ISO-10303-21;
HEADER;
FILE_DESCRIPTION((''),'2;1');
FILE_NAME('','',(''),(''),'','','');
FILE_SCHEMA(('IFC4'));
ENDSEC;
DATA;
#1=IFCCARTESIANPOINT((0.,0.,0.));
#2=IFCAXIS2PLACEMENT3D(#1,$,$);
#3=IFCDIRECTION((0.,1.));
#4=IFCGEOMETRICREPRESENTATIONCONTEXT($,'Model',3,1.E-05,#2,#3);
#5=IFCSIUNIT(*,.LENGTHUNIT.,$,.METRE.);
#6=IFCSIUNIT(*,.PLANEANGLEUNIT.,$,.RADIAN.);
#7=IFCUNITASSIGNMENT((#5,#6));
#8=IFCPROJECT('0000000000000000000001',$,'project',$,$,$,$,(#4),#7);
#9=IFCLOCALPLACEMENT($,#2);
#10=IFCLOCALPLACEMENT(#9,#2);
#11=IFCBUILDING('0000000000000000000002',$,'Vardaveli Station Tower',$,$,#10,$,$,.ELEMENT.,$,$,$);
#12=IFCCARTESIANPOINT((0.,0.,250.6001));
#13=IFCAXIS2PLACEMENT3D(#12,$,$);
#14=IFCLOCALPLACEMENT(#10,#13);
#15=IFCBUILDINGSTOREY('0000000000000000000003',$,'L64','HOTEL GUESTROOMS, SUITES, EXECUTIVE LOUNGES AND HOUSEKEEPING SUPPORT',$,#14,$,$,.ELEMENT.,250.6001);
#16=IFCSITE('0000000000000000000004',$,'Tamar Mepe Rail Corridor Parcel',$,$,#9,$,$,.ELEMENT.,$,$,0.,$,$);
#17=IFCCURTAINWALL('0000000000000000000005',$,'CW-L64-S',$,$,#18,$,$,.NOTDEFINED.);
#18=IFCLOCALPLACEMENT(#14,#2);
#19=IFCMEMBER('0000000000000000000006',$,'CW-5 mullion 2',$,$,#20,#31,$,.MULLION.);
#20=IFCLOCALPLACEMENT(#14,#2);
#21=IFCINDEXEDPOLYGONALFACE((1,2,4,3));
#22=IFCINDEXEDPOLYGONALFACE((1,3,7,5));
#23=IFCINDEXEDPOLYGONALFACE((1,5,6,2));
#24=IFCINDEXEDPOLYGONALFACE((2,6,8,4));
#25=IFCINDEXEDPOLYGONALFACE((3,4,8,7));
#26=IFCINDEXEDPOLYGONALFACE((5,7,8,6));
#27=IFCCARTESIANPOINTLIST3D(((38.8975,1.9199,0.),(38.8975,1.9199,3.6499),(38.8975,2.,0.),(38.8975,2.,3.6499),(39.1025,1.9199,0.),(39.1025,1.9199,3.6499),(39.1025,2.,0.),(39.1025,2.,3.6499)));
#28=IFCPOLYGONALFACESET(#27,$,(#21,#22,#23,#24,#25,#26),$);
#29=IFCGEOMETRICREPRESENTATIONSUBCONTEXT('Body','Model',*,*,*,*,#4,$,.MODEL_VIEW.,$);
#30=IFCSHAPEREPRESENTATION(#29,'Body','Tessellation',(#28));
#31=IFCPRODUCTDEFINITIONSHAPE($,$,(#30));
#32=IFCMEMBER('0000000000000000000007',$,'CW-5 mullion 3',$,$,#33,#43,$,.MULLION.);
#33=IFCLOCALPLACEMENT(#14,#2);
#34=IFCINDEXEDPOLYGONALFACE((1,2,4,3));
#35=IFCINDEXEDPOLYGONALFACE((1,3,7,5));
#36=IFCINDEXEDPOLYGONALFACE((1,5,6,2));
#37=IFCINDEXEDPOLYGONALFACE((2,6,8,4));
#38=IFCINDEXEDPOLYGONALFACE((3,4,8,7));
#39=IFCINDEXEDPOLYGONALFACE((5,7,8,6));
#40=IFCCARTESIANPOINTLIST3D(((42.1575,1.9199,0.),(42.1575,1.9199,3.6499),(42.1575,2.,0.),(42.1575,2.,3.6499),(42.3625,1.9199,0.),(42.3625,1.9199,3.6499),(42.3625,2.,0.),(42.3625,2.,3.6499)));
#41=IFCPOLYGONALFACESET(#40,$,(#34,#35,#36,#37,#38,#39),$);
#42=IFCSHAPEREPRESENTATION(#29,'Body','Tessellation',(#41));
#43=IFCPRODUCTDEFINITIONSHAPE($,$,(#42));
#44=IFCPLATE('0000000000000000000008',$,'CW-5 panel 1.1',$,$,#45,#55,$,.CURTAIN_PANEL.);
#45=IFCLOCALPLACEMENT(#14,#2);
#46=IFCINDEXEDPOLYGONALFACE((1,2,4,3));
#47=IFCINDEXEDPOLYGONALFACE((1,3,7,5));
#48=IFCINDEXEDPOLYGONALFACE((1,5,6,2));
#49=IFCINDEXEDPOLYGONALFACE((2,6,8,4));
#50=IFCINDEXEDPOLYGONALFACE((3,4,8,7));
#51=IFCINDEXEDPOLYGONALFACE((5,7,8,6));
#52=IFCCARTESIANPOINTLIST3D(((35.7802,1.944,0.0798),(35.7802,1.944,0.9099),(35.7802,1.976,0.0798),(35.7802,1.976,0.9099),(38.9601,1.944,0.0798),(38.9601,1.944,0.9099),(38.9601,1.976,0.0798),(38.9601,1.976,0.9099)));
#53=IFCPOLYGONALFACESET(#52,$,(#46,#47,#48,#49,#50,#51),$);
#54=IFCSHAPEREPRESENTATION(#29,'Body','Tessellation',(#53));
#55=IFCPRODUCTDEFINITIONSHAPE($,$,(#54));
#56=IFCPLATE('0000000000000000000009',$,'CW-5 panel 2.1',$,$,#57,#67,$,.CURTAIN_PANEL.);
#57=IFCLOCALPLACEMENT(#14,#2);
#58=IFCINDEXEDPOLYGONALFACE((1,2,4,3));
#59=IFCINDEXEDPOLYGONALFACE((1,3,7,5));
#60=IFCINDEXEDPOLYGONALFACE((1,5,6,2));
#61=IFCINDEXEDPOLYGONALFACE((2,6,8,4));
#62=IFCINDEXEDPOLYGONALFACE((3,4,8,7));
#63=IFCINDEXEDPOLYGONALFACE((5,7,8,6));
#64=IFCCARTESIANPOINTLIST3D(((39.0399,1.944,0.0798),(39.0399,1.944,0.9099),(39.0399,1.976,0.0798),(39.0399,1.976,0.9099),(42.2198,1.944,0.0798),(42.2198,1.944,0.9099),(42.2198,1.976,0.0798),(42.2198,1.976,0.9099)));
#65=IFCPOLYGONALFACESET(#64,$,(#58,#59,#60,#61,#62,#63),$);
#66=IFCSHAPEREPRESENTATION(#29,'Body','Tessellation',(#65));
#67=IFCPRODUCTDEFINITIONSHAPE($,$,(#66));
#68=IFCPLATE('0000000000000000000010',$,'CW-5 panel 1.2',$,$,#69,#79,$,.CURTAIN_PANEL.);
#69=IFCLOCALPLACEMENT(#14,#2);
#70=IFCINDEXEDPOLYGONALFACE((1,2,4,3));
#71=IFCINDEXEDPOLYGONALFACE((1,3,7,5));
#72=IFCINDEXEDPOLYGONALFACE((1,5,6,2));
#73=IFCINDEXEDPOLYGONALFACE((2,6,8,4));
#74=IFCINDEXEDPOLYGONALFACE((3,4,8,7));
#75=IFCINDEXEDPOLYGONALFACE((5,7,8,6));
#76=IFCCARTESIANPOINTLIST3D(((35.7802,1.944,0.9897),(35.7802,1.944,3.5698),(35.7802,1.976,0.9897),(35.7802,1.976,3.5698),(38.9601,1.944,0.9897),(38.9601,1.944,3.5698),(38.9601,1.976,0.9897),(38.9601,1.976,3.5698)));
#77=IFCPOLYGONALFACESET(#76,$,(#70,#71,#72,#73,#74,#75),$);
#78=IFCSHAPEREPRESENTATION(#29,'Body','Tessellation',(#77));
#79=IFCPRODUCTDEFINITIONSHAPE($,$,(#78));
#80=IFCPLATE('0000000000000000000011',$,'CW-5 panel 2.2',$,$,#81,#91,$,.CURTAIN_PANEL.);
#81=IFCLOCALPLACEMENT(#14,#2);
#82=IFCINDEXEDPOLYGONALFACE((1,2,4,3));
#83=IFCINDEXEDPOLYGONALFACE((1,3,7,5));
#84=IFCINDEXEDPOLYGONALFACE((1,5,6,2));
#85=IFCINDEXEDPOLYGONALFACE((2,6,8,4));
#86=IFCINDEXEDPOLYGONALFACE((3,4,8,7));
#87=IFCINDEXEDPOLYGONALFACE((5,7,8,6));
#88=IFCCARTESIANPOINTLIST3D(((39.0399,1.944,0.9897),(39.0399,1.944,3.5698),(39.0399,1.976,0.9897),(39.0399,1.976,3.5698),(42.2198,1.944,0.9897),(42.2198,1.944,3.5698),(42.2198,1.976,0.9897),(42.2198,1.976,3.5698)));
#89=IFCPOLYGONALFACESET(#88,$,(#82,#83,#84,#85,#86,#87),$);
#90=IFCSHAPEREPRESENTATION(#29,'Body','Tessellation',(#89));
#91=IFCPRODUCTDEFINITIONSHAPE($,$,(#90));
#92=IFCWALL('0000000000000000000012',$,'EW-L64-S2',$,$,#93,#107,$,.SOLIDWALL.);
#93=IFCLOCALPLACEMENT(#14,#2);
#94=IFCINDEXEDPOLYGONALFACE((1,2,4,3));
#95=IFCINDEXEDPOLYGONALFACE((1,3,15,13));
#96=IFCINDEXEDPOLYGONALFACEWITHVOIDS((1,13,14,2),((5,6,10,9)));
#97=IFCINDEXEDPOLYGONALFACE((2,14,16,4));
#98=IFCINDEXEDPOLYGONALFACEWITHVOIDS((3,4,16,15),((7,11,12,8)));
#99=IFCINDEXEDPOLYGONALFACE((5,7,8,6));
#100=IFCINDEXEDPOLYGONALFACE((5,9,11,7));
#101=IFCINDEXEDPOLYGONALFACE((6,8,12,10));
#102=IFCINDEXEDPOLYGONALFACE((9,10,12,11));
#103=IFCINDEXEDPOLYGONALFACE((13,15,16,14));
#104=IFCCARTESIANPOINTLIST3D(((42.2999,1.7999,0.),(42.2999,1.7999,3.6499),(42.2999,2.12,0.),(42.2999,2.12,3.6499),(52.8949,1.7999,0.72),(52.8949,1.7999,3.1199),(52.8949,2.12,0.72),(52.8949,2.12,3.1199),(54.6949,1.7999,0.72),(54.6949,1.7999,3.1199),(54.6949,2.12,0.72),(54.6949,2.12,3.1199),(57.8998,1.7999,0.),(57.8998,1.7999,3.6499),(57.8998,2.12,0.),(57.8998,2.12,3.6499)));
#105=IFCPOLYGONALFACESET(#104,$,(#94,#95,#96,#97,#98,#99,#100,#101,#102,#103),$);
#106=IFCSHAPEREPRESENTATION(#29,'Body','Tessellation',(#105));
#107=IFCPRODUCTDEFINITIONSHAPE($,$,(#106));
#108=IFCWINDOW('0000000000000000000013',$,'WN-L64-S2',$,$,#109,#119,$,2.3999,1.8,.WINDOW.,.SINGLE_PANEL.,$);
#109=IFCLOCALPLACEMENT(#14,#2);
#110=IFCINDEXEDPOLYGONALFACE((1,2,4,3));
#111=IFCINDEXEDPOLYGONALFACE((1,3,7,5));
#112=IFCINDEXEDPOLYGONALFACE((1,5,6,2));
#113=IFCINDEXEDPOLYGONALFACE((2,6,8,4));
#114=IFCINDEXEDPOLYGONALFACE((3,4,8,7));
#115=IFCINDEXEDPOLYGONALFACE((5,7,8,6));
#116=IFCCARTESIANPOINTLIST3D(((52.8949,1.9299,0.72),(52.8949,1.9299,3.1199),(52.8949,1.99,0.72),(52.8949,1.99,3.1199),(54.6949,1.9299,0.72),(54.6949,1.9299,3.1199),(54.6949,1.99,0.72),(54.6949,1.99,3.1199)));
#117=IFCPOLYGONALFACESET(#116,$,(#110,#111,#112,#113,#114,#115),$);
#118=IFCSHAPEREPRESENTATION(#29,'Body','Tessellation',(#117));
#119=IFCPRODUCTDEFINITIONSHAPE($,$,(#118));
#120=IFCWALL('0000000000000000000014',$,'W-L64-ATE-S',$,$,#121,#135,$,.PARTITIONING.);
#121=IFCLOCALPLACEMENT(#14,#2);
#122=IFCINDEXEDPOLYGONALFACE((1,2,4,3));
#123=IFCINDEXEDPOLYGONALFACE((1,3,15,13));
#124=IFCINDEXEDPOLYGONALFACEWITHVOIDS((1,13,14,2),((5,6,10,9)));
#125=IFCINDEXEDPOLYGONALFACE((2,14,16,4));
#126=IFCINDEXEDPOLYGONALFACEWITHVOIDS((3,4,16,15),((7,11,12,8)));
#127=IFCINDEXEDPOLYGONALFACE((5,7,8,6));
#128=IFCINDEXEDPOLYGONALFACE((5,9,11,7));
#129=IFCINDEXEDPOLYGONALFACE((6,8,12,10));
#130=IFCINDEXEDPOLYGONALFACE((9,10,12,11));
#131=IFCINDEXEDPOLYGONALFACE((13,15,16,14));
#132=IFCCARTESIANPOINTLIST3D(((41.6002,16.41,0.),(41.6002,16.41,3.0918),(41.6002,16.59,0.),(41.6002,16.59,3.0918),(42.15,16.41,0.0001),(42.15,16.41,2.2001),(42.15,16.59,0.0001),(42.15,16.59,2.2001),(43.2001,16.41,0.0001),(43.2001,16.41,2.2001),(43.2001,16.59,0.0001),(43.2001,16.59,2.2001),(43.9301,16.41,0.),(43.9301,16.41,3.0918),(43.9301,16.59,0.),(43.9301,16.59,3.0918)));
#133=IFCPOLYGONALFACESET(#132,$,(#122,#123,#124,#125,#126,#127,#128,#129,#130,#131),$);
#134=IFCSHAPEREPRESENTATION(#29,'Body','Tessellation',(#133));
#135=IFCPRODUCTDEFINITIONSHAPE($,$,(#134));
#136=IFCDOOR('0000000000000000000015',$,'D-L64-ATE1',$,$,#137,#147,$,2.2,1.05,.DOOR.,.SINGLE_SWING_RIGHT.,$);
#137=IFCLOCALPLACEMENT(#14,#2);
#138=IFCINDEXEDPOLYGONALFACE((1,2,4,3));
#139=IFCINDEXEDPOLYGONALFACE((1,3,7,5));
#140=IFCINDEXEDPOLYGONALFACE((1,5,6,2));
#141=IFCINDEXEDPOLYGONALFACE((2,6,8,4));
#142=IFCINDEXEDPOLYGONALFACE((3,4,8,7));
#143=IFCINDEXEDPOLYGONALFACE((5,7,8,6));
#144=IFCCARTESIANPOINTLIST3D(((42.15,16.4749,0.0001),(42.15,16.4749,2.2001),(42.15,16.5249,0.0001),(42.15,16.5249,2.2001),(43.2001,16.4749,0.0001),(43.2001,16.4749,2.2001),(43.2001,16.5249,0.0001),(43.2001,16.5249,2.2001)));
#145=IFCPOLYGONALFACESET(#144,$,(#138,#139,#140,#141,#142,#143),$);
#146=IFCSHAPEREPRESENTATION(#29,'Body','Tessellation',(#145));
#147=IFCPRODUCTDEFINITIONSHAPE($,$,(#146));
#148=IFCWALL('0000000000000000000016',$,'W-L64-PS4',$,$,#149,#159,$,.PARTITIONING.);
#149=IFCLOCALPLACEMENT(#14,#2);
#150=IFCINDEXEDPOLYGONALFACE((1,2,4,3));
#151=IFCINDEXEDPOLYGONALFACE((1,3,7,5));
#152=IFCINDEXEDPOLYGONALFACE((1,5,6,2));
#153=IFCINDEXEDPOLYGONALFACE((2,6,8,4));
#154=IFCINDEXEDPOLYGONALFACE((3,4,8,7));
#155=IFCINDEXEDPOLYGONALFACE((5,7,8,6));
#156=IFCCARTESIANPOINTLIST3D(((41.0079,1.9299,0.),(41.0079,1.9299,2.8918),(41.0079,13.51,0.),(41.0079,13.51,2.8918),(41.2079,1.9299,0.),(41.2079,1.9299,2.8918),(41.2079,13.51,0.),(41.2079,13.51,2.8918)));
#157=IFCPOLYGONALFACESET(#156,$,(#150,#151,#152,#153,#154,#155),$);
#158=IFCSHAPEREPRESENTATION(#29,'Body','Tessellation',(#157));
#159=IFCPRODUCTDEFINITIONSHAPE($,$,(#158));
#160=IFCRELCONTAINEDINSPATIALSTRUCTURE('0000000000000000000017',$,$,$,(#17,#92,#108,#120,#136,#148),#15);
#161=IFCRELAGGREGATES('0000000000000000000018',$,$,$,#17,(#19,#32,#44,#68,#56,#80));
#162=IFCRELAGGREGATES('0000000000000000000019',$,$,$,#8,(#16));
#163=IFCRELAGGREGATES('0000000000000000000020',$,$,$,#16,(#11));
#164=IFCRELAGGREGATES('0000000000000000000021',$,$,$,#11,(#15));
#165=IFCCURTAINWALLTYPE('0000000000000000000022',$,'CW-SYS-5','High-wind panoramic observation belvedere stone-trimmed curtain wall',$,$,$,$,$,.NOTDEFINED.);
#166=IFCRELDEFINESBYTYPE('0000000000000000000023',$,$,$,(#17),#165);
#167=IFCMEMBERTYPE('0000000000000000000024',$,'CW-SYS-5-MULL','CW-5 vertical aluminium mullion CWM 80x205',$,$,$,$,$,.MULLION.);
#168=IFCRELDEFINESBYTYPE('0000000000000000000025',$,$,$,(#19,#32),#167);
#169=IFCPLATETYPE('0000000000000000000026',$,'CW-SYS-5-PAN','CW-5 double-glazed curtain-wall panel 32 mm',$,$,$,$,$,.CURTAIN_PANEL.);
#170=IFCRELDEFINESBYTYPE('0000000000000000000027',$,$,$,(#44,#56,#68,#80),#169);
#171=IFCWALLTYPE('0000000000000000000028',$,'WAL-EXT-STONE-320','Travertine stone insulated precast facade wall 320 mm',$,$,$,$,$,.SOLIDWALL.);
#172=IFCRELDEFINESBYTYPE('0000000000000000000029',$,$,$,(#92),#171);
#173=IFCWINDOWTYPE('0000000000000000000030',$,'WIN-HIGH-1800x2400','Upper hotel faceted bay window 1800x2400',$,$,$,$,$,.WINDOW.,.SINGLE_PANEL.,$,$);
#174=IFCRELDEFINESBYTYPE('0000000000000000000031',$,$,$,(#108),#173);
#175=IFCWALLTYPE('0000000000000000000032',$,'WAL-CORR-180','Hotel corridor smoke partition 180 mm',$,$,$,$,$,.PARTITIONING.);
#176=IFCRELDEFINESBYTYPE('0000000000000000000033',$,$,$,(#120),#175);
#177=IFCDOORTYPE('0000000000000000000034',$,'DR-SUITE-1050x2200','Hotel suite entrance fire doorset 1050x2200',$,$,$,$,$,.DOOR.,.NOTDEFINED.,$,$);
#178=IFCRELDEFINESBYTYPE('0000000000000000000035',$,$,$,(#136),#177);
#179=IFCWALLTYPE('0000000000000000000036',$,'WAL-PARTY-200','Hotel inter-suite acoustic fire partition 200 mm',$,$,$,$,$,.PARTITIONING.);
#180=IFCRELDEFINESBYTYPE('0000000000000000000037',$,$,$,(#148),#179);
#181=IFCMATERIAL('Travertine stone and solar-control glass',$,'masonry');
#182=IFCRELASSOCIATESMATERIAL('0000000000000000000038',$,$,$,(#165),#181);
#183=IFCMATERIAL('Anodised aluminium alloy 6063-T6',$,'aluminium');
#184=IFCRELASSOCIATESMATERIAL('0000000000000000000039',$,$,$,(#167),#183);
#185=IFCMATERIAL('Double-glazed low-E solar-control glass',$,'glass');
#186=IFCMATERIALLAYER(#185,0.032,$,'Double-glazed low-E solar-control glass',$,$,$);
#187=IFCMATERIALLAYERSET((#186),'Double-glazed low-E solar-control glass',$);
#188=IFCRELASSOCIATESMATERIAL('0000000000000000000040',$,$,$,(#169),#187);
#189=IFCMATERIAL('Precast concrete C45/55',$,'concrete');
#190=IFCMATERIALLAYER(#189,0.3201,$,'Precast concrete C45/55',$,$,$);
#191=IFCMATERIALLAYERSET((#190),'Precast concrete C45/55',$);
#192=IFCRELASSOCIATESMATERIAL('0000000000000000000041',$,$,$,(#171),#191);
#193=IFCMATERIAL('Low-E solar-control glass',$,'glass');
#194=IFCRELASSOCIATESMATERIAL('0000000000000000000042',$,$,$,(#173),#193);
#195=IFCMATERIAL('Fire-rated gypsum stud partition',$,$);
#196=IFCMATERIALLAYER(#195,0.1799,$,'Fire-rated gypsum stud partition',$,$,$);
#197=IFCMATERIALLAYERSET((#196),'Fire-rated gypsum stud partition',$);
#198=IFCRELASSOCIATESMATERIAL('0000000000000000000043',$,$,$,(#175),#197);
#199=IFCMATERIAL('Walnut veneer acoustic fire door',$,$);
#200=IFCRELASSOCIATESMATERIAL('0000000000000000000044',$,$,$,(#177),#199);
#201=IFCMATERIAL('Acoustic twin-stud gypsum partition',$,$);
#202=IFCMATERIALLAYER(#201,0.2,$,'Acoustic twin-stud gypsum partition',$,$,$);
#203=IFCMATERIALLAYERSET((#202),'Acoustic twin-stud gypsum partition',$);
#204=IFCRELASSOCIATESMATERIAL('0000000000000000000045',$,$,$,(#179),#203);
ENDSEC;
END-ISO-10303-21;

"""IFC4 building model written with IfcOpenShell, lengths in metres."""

from ifc_helpers import new_model, si_unit, direction, frame, frame_2d, origin, origin_2d, place, context, subcontext, project, spatial, rectangle, extrude, source, transform, mapped, material, layer, layer_set, material_profile, profile_set, type_object, element, fill, aggregate, save


model = new_model("IFC4")

# Units and contexts
model_context = context("Model", 3, precision=1e-05, world=origin(), true_north=direction((0.0, 1.0)))
body_context = subcontext(model_context, "Body", "Model", "MODEL_VIEW")
ifc_project = project(units=[si_unit("LENGTHUNIT", "METRE"), si_unit("PLANEANGLEUNIT", "RADIAN")], contexts=[model_context])

# Site, building, storey
site_placement = place(None, origin())
site = spatial("IfcSite", under=ifc_project, at=site_placement, Name="Tamar Mepe Rail Corridor Parcel", CompositionType="ELEMENT", RefElevation=0.0)
building_placement = place(site_placement, origin())
building = spatial("IfcBuilding", under=site, at=building_placement, Name="Vardaveli Station Tower", CompositionType="ELEMENT")
storey_placement = place(building_placement, frame((0.0, 0.0, 250.6001)))
storey = spatial("IfcBuildingStorey", under=building, at=storey_placement, Name="L64", Description="HOTEL GUESTROOMS, SUITES, EXECUTIVE LOUNGES AND HOUSEKEEPING SUPPORT", CompositionType="ELEMENT", Elevation=250.6001)

# Shared definitions
ifc_material_1 = material(Name="Precast concrete C45/55", Category="concrete")

# Curtain wall, members, plates
ifc_material_2 = material(Name="Travertine stone and solar-control glass", Category="masonry")
curtain_wall_type = type_object("IfcCurtainWallType", Name="CW-SYS-5", Description="High-wind panoramic observation belvedere stone-trimmed curtain wall", PredefinedType="NOTDEFINED", material=ifc_material_2)
curtain_wall_placement = place(storey_placement, origin())
curtain_wall = element("IfcCurtainWall", 1, at=curtain_wall_placement, inside=storey, type_object=curtain_wall_type, Name="CW-L64-S", PredefinedType="NOTDEFINED")
ifc_material_3 = material(Name="Anodised aluminium alloy 6063-T6", Category="aluminium")
ifc_material_profile_1 = material_profile(ifc_material_3, rectangle(XDim=0.0801, YDim=0.2051, at=origin_2d()), Name="CWM 80x205")
ifc_profile_set_1 = profile_set([ifc_material_profile_1], Name="Anodised aluminium alloy 6063-T6")
member_type_1 = type_object("IfcMemberType", Name="CW-SYS-5-MULL", Description="CW-5 vertical aluminium mullion CWM 80x205", PredefinedType="MULLION", material=ifc_profile_set_1)
shared_shape_1 = source(origin(), body_context, "Body", "SweptSolid", [
    extrude(rectangle(XDim=0.0801, YDim=0.2051, at=origin_2d()), origin(), (0.0, 0.0, 1.0), 3.6499),
])
member_1_placement = place(storey_placement, frame((39.0, 1.96, 0.0), z_axis=(0.0, 0.0, 1.0), x_axis=(0.0, 1.0, 0.0)))
member_1 = element("IfcMember", 2, at=member_1_placement, type_object=member_type_1, Name="CW-5 mullion 2", PredefinedType="MULLION", context=body_context, shape_type="MappedRepresentation", body=[
    mapped(shared_shape_1, transform((0.0, 0.0, 0.0), scale=1.0)),
])
member_2_placement = place(storey_placement, frame((42.26, 1.96, 0.0), z_axis=(0.0, 0.0, 1.0), x_axis=(0.0, 1.0, 0.0)))
member_2 = element("IfcMember", 3, at=member_2_placement, type_object=member_type_1, Name="CW-5 mullion 3", PredefinedType="MULLION", context=body_context, shape_type="MappedRepresentation", body=[
    mapped(shared_shape_1, transform((0.0, 0.0, 0.0), scale=1.0)),
])
ifc_material_4 = material(Name="Double-glazed low-E solar-control glass", Category="glass")
ifc_layer_1 = layer(ifc_material_4, 0.032, Name="Double-glazed low-E solar-control glass")
ifc_layer_set_1 = layer_set([ifc_layer_1], Name="Double-glazed low-E solar-control glass")
plate_type = type_object("IfcPlateType", Name="CW-SYS-5-PAN", Description="CW-5 double-glazed curtain-wall panel 32 mm", PredefinedType="CURTAIN_PANEL", material=ifc_layer_set_1)
shared_shape_2 = source(origin(), body_context, "Body", "SweptSolid", [
    extrude(rectangle(XDim=3.1799, YDim=0.032, at=origin_2d()), origin(), (0.0, 0.0, 1.0), 0.8301),
])
plate_1_placement = place(storey_placement, frame((37.3701, 1.96, 0.0798), z_axis=(0.0, 0.0, 1.0), x_axis=(1.0, 0.0, 0.0)))
plate_1 = element("IfcPlate", 4, at=plate_1_placement, type_object=plate_type, Name="CW-5 panel 1.1", PredefinedType="CURTAIN_PANEL", context=body_context, shape_type="MappedRepresentation", body=[
    mapped(shared_shape_2, transform((0.0, 0.0, 0.0), scale=1.0)),
])
plate_2_placement = place(storey_placement, frame((40.6299, 1.96, 0.0798), z_axis=(0.0, 0.0, 1.0), x_axis=(1.0, 0.0, 0.0)))
plate_2 = element("IfcPlate", 5, at=plate_2_placement, type_object=plate_type, Name="CW-5 panel 2.1", PredefinedType="CURTAIN_PANEL", context=body_context, shape_type="MappedRepresentation", body=[
    mapped(shared_shape_2, transform((0.0, 0.0, 0.0), scale=1.0)),
])
shared_shape_3 = source(origin(), body_context, "Body", "SweptSolid", [
    extrude(rectangle(XDim=3.1799, YDim=0.032, at=origin_2d()), origin(), (0.0, 0.0, 1.0), 2.5801),
])
plate_3_placement = place(storey_placement, frame((37.3701, 1.96, 0.9897), z_axis=(0.0, 0.0, 1.0), x_axis=(1.0, 0.0, 0.0)))
plate_3 = element("IfcPlate", 6, at=plate_3_placement, type_object=plate_type, Name="CW-5 panel 1.2", PredefinedType="CURTAIN_PANEL", context=body_context, shape_type="MappedRepresentation", body=[
    mapped(shared_shape_3, transform((0.0, 0.0, 0.0), scale=1.0)),
])
plate_4_placement = place(storey_placement, frame((40.6299, 1.96, 0.9897), z_axis=(0.0, 0.0, 1.0), x_axis=(1.0, 0.0, 0.0)))
plate_4 = element("IfcPlate", 7, at=plate_4_placement, type_object=plate_type, Name="CW-5 panel 2.2", PredefinedType="CURTAIN_PANEL", context=body_context, shape_type="MappedRepresentation", body=[
    mapped(shared_shape_3, transform((0.0, 0.0, 0.0), scale=1.0)),
])
aggregate(curtain_wall, [member_1, member_2, plate_1, plate_3, plate_2, plate_4])

# Wall, opening, window
ifc_layer_2 = layer(ifc_material_1, 0.3201, Name="Precast concrete C45/55")
ifc_layer_set_2 = layer_set([ifc_layer_2], Name="Precast concrete C45/55")
wall_type_1 = type_object("IfcWallType", Name="WAL-EXT-STONE-320", Description="Travertine stone insulated precast facade wall 320 mm", PredefinedType="SOLIDWALL", material=ifc_layer_set_2)
shared_shape_4 = source(origin(), body_context, "Body", "SweptSolid", [
    extrude(rectangle(XDim=15.5999, YDim=0.3201, at=frame_2d((7.7998, 0.0))), origin(), (0.0, 0.0, 1.0), 3.6499),
])
wall_1_placement = place(storey_placement, frame((42.3, 1.96, 0.0), z_axis=(0.0, 0.0, 1.0), x_axis=(1.0, 0.0, 0.0)))
wall_1 = element("IfcWall", 8, at=wall_1_placement, inside=storey, type_object=wall_type_1, Name="EW-L64-S2", PredefinedType="SOLIDWALL", context=body_context, shape_type="MappedRepresentation", body=[
    mapped(shared_shape_4, transform((0.0, 0.0, 0.0), scale=1.0)),
])
shared_shape_5 = source(origin(), body_context, "Body", "SweptSolid", [
    extrude(rectangle(XDim=1.8, YDim=2.3999, at=frame_2d((0.8999, 1.2))), frame((0.0, 0.1699, 0.0), z_axis=(0.0, -1.0, 0.0), x_axis=(1.0, 0.0, 0.0)), (0.0, 0.0, 1.0), 0.3401),
])
opening_1_placement = place(wall_1_placement, frame((10.595, 0.0, 0.72)))
opening_1 = element("IfcOpeningElement", 9, at=opening_1_placement, cuts=wall_1, PredefinedType="OPENING", context=body_context, shape_type="MappedRepresentation", body=[
    mapped(shared_shape_5, transform((0.0, 0.0, 0.0), scale=1.0)),
])
ifc_material_5 = material(Name="Low-E solar-control glass", Category="glass")
window_type = type_object("IfcWindowType", Name="WIN-HIGH-1800x2400", Description="Upper hotel faceted bay window 1800x2400", PartitioningType="SINGLE_PANEL", PredefinedType="WINDOW", material=ifc_material_5)
shared_shape_6 = source(origin(), body_context, "Body", "SweptSolid", [
    extrude(rectangle(XDim=1.8, YDim=2.3999, at=frame_2d((0.8999, 1.2))), frame((0.0, 0.03, 0.0), z_axis=(0.0, -1.0, 0.0), x_axis=(1.0, 0.0, 0.0)), (0.0, 0.0, 1.0), 0.0601),
])
window_placement = place(opening_1_placement, origin())
window = element("IfcWindow", 10, at=window_placement, inside=storey, type_object=window_type, Name="WN-L64-S2", OverallHeight=2.3999, OverallWidth=1.8, PartitioningType="SINGLE_PANEL", PredefinedType="WINDOW", context=body_context, shape_type="MappedRepresentation", body=[
    mapped(shared_shape_6, transform((0.0, 0.0, 0.0), scale=1.0)),
])
fill(opening_1, window)

# Wall, opening, door
ifc_material_6 = material(Name="Fire-rated gypsum stud partition")
ifc_layer_3 = layer(ifc_material_6, 0.1799, Name="Fire-rated gypsum stud partition")
ifc_layer_set_3 = layer_set([ifc_layer_3], Name="Fire-rated gypsum stud partition")
wall_type_2 = type_object("IfcWallType", Name="WAL-CORR-180", Description="Hotel corridor smoke partition 180 mm", PredefinedType="PARTITIONING", material=ifc_layer_set_3)
shared_shape_7 = source(origin(), body_context, "Body", "SweptSolid", [
    extrude(rectangle(XDim=2.3298, YDim=0.1799, at=frame_2d((1.165, 0.0))), origin(), (0.0, 0.0, 1.0), 3.0918),
])
wall_2_placement = place(storey_placement, frame((41.6001, 16.5, 0.0), z_axis=(0.0, 0.0, 1.0), x_axis=(1.0, 0.0, 0.0)))
wall_2 = element("IfcWall", 11, at=wall_2_placement, inside=storey, type_object=wall_type_2, Name="W-L64-ATE-S", PredefinedType="PARTITIONING", context=body_context, shape_type="MappedRepresentation", body=[
    mapped(shared_shape_7, transform((0.0, 0.0, 0.0), scale=1.0)),
])
shared_shape_8 = source(origin(), body_context, "Body", "SweptSolid", [
    extrude(rectangle(XDim=1.05, YDim=2.2, at=frame_2d((0.5249, 1.1001))), frame((0.0, 0.1001, 0.0), z_axis=(0.0, -1.0, 0.0), x_axis=(1.0, 0.0, 0.0)), (0.0, 0.0, 1.0), 0.2),
])
opening_2_placement = place(wall_2_placement, frame((0.55, 0.0, 0.0)))
opening_2 = element("IfcOpeningElement", 12, at=opening_2_placement, cuts=wall_2, PredefinedType="OPENING", context=body_context, shape_type="MappedRepresentation", body=[
    mapped(shared_shape_8, transform((0.0, 0.0, 0.0), scale=1.0)),
])
ifc_material_7 = material(Name="Walnut veneer acoustic fire door")
door_type = type_object("IfcDoorType", Name="DR-SUITE-1050x2200", Description="Hotel suite entrance fire doorset 1050x2200", OperationType="NOTDEFINED", PredefinedType="DOOR", material=ifc_material_7)
shared_shape_9 = source(origin(), body_context, "Body", "SweptSolid", [
    extrude(rectangle(XDim=1.05, YDim=2.2, at=frame_2d((0.5249, 1.1001))), frame((0.0, 0.0249, 0.0), z_axis=(0.0, -1.0, 0.0), x_axis=(1.0, 0.0, 0.0)), (0.0, 0.0, 1.0), 0.05),
])
door_placement = place(opening_2_placement, origin())
door = element("IfcDoor", 13, at=door_placement, inside=storey, type_object=door_type, Name="D-L64-ATE1", OperationType="SINGLE_SWING_RIGHT", OverallHeight=2.2, OverallWidth=1.05, PredefinedType="DOOR", context=body_context, shape_type="MappedRepresentation", body=[
    mapped(shared_shape_9, transform((0.0, 0.0, 0.0), scale=1.0)),
])
fill(opening_2, door)

# Wall
ifc_material_8 = material(Name="Acoustic twin-stud gypsum partition")
ifc_layer_4 = layer(ifc_material_8, 0.2, Name="Acoustic twin-stud gypsum partition")
ifc_layer_set_4 = layer_set([ifc_layer_4], Name="Acoustic twin-stud gypsum partition")
wall_type_3 = type_object("IfcWallType", Name="WAL-PARTY-200", Description="Hotel inter-suite acoustic fire partition 200 mm", PredefinedType="PARTITIONING", material=ifc_layer_set_4)
shared_shape_10 = source(origin(), body_context, "Body", "SweptSolid", [
    extrude(rectangle(XDim=11.5801, YDim=0.2, at=frame_2d((5.79, 0.0))), origin(), (0.0, 0.0, 1.0), 2.8918),
])
wall_3_placement = place(storey_placement, frame((41.1079, 1.9299, 0.0), z_axis=(0.0, 0.0, 1.0), x_axis=(0.0, 1.0, 0.0)))
element("IfcWall", 14, at=wall_3_placement, inside=storey, type_object=wall_type_3, Name="W-L64-PS4", PredefinedType="PARTITIONING", context=body_context, shape_type="MappedRepresentation", body=[
    mapped(shared_shape_10, transform((0.0, 0.0, 0.0), scale=1.0)),
])

save(model, "model.ifc")
